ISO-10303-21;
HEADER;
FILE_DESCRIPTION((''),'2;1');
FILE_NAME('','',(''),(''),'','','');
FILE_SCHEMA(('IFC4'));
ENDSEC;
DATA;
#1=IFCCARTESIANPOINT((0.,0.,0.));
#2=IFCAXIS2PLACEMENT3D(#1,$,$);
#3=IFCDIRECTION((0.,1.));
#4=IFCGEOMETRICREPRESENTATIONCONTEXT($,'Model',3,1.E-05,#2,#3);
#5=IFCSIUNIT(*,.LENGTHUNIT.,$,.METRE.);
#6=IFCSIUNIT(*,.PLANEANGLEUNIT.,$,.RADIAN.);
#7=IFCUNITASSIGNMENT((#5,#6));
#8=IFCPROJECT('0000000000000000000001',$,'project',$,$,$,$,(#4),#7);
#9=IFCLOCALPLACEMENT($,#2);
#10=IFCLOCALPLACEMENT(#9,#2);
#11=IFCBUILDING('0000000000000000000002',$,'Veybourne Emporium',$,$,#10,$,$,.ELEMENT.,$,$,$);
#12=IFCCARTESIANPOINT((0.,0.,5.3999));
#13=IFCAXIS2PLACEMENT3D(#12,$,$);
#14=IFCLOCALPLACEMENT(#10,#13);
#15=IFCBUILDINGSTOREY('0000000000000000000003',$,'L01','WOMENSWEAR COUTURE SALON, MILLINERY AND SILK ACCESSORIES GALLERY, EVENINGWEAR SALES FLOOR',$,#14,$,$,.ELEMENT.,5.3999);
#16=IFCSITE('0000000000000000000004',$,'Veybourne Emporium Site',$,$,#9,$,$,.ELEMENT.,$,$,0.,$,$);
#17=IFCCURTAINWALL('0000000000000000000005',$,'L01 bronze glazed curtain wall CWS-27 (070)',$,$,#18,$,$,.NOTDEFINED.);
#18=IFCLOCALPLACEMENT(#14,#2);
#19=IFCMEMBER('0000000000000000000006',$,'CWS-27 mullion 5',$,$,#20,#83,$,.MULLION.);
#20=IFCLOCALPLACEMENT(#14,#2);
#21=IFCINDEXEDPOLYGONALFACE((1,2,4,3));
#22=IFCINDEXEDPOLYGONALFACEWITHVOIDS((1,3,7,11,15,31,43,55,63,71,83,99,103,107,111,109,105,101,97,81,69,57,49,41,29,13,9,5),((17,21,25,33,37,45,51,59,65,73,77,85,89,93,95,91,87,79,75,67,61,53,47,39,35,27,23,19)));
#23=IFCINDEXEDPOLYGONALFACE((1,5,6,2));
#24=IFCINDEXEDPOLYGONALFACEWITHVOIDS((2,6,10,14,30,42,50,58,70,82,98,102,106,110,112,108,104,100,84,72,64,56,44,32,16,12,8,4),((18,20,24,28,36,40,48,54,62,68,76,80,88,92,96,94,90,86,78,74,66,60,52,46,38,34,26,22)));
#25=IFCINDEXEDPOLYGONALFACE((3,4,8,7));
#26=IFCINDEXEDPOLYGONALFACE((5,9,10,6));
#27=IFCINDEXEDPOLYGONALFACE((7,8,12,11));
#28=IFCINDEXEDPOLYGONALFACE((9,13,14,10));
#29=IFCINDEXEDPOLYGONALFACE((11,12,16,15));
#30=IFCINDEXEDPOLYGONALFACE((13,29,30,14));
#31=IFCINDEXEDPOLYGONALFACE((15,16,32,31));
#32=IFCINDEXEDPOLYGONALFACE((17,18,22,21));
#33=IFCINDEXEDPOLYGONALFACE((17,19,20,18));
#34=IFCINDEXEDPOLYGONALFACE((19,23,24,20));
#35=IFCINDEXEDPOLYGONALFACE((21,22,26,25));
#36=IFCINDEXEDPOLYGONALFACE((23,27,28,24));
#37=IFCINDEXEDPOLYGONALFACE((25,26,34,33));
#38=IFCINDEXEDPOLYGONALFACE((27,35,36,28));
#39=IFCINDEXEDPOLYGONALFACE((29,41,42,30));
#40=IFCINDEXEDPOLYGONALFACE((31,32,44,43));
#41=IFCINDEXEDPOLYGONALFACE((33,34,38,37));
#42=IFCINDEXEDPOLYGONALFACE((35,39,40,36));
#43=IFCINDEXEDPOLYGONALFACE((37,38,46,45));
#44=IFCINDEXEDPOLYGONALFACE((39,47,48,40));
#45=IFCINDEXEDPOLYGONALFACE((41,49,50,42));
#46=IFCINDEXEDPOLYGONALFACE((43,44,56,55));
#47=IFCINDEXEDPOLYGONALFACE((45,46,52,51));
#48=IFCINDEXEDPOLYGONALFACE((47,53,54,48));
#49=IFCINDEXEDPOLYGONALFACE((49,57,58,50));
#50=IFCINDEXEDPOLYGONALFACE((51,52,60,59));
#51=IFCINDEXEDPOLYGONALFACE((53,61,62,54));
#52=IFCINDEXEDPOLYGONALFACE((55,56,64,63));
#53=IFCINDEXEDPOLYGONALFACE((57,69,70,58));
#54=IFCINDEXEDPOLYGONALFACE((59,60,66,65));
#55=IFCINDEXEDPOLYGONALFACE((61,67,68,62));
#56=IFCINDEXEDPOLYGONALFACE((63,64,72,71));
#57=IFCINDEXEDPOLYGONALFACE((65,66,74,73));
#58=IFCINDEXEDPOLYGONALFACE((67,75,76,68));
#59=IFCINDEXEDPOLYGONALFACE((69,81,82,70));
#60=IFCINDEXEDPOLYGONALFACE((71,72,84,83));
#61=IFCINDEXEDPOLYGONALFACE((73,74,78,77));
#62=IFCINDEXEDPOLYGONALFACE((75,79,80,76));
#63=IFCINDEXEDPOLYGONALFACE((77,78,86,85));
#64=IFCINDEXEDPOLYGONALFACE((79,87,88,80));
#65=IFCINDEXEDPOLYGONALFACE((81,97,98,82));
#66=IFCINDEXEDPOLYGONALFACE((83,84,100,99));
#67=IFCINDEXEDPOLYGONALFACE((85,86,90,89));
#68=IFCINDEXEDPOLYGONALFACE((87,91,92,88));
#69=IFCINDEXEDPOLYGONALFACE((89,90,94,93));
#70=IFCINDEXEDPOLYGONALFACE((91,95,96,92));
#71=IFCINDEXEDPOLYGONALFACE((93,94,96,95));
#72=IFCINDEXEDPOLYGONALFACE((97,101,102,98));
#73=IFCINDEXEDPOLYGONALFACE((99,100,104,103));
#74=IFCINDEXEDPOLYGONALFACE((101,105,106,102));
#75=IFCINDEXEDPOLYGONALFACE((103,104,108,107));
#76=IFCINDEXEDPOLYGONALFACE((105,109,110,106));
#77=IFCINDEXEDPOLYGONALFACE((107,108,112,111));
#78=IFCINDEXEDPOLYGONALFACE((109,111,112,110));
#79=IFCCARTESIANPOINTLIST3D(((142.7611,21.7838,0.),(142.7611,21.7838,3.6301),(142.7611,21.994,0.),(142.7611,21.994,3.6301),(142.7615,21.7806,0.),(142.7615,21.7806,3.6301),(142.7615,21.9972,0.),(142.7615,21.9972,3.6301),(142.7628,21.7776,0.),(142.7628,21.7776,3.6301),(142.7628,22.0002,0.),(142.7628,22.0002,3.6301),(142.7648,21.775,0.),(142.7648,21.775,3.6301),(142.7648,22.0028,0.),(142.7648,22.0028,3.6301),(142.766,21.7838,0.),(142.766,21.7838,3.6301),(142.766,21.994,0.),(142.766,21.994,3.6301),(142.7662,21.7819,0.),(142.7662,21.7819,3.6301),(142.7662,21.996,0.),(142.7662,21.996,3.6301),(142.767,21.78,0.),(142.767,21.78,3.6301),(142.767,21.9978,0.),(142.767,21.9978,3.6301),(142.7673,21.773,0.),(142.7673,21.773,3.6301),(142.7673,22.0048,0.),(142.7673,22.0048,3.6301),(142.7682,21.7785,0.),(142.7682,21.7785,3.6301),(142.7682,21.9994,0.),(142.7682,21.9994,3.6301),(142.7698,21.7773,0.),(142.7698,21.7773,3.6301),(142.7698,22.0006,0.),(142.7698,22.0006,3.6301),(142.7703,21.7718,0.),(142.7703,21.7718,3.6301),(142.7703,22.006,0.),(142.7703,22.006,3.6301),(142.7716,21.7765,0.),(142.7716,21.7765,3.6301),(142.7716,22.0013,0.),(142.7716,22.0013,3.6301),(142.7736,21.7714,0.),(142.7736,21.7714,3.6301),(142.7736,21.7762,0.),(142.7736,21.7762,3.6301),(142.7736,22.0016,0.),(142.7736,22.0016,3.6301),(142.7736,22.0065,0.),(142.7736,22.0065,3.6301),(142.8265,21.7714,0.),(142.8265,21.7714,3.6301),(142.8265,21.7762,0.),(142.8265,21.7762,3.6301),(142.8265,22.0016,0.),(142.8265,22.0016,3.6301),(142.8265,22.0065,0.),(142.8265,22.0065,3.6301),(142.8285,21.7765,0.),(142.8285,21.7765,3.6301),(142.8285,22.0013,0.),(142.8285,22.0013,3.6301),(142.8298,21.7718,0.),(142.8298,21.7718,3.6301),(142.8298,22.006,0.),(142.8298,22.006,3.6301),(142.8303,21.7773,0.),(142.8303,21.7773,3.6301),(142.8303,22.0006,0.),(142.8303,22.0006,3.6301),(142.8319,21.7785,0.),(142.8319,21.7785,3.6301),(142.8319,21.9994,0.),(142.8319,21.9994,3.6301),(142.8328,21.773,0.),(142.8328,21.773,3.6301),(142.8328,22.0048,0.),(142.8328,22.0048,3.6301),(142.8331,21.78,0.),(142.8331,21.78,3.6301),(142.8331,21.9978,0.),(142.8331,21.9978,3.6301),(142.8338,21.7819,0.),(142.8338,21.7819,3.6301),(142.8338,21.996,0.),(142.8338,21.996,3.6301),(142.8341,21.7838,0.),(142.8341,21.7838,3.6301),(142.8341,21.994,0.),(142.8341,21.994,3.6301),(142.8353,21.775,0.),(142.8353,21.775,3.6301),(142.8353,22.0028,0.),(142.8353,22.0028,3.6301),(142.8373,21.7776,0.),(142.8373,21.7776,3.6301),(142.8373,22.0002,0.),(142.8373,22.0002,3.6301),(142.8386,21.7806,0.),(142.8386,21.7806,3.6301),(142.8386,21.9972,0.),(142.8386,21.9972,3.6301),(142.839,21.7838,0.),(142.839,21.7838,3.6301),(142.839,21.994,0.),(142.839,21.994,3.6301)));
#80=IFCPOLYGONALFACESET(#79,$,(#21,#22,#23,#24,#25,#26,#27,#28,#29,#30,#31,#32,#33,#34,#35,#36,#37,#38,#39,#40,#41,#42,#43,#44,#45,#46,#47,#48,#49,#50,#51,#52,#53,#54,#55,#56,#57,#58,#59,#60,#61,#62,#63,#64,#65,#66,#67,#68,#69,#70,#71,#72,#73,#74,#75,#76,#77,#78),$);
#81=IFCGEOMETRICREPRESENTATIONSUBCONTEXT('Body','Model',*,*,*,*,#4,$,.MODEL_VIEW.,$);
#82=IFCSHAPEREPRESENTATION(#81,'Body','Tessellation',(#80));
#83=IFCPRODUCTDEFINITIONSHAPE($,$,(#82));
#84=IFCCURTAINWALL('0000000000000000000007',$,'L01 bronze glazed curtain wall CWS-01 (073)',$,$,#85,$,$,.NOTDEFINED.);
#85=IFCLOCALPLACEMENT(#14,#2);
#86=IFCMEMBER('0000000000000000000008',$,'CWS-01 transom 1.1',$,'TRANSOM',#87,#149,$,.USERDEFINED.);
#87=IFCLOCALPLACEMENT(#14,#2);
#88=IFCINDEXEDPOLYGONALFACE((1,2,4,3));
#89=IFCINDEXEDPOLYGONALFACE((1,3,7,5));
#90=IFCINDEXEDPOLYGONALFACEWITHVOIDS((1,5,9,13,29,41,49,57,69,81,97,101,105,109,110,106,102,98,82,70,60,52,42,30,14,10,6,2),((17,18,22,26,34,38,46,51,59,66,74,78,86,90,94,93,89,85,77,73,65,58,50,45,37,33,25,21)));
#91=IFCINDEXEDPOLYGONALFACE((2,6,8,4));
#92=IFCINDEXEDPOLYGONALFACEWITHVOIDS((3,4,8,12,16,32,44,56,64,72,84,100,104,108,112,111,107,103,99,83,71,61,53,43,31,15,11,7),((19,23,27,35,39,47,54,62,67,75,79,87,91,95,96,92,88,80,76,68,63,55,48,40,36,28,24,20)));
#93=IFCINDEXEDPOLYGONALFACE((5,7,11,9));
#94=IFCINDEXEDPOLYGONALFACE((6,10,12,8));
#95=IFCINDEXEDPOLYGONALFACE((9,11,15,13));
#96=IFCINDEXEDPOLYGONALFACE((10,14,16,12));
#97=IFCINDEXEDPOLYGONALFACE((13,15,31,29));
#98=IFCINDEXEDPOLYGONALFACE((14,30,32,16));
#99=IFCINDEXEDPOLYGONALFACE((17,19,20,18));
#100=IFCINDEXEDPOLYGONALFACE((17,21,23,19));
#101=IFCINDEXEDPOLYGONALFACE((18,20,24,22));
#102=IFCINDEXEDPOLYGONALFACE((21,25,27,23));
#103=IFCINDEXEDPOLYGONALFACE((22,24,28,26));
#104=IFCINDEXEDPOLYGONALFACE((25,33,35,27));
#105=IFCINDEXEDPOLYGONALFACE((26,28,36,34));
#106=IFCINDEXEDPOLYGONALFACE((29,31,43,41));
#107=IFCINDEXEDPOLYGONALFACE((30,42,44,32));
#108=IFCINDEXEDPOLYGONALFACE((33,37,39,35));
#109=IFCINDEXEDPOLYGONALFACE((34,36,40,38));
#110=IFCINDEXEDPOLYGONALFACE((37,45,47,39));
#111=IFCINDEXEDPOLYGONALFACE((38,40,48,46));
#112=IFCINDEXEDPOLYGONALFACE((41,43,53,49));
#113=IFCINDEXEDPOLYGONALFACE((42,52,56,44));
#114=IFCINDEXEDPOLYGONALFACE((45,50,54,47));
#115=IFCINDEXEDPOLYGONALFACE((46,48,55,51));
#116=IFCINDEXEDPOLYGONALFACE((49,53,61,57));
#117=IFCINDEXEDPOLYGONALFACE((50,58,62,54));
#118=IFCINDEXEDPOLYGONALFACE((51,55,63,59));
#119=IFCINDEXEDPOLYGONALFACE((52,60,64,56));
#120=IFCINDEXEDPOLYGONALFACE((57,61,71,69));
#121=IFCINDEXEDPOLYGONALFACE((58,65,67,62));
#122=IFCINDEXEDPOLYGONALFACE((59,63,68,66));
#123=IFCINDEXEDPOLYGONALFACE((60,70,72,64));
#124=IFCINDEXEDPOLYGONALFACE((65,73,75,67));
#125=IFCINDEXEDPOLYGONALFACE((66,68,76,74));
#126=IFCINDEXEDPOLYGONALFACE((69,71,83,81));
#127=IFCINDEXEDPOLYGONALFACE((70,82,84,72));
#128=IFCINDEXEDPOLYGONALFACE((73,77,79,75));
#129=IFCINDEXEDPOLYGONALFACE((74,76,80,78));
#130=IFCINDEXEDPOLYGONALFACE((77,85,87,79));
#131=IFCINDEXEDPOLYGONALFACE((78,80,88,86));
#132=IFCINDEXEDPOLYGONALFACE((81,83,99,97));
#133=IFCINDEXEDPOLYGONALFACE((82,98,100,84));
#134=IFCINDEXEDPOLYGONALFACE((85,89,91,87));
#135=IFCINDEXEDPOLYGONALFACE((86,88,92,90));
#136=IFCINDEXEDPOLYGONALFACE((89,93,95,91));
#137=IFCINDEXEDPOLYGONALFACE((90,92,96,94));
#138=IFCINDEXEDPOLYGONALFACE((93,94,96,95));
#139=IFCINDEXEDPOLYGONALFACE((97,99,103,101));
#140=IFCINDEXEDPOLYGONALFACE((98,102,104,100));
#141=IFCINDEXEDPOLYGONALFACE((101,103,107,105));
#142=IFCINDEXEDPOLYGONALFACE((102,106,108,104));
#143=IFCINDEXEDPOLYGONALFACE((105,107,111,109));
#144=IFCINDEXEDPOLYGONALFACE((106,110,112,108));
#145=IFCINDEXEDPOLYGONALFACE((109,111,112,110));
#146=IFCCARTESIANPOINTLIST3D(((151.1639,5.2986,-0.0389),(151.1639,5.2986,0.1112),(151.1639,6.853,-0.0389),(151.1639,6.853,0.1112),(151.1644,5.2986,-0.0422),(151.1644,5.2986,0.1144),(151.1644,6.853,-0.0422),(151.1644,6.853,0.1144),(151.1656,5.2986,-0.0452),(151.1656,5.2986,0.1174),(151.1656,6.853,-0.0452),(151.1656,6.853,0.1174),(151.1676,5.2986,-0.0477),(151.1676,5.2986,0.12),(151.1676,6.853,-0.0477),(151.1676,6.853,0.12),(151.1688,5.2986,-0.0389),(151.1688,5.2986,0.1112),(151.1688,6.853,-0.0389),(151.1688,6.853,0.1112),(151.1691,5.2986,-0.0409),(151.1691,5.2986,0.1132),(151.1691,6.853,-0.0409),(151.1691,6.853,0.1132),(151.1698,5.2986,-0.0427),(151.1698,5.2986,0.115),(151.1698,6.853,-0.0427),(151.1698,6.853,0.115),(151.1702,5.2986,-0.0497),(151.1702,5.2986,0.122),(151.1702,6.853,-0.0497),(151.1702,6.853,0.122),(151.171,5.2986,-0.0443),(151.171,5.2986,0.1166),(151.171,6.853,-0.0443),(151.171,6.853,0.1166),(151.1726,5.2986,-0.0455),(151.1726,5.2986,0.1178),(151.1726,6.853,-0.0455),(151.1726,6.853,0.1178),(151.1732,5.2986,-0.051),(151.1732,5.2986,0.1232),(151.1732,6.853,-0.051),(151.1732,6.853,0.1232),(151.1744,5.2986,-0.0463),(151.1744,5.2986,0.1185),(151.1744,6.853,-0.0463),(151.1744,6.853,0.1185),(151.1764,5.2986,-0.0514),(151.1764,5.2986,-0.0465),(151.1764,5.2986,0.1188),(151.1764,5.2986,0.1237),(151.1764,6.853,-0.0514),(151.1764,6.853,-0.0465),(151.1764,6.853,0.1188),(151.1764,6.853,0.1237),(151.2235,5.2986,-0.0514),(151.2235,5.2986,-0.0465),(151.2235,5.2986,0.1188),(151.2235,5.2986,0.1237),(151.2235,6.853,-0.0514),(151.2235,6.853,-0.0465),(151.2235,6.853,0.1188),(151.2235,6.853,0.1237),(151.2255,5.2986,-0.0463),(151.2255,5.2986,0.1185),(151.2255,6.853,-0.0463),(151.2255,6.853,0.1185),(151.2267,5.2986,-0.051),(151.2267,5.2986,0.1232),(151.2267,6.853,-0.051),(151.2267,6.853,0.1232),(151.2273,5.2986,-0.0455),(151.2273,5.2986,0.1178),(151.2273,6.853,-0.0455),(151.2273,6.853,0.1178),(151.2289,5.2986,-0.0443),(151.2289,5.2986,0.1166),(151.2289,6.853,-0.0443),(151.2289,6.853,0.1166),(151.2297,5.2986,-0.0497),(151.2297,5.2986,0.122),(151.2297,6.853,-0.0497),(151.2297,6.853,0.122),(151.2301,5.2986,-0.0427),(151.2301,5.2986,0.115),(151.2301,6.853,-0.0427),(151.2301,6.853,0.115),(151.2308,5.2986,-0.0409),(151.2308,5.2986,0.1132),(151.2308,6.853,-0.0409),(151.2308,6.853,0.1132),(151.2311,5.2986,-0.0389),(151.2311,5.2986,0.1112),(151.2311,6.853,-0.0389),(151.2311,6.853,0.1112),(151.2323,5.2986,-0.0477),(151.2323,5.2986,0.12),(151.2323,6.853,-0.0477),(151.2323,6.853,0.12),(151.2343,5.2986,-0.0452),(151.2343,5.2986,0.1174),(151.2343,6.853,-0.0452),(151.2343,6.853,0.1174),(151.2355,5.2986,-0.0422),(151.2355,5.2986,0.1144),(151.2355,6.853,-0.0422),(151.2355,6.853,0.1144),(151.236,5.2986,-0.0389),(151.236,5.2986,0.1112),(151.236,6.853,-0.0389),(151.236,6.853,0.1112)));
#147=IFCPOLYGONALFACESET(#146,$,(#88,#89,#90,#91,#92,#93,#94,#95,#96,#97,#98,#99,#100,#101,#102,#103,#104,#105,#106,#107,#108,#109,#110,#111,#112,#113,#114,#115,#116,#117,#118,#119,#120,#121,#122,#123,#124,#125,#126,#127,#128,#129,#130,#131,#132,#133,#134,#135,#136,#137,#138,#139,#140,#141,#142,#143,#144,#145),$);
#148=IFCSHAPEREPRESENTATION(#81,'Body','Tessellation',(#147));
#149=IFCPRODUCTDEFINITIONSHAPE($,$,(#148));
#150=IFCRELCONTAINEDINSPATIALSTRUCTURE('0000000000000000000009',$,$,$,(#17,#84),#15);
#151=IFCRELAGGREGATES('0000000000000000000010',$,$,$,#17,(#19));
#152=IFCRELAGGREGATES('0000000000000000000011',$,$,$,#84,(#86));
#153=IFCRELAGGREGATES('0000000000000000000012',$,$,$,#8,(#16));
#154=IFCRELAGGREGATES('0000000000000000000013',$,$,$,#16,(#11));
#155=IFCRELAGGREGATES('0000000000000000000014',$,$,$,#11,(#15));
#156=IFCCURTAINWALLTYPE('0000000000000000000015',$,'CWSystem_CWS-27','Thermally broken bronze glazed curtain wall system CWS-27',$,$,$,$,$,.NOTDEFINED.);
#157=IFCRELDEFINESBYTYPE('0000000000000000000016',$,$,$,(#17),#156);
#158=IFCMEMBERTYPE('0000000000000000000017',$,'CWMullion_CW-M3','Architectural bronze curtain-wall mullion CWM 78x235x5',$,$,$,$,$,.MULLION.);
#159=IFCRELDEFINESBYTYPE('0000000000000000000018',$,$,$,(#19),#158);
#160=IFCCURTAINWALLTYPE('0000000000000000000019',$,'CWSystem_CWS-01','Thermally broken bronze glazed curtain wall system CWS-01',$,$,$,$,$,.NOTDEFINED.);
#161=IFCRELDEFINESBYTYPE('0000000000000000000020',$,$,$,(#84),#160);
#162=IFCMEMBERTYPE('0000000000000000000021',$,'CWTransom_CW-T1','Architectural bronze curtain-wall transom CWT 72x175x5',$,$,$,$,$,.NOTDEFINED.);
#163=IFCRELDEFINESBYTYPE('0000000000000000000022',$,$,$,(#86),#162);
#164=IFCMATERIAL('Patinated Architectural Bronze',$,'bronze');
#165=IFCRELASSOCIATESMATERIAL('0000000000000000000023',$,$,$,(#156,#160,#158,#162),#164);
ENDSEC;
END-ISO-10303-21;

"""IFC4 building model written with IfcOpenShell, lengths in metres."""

from ifc_helpers import new_model, si_unit, direction, frame, origin, origin_2d, place, context, subcontext, project, spatial, hollow_rectangle, extrude, material, material_profile, profile_set, type_object, element, aggregate, save


model = new_model("IFC4")

# Units and contexts
model_context = context("Model", 3, precision=1e-05, world=origin(), true_north=direction((0.0, 1.0)))
body_context = subcontext(model_context, "Body", "Model", "MODEL_VIEW")
ifc_project = project(units=[si_unit("LENGTHUNIT", "METRE"), si_unit("PLANEANGLEUNIT", "RADIAN")], contexts=[model_context])

# Site, building, storey
site_placement = place(None, origin())
site = spatial("IfcSite", under=ifc_project, at=site_placement, Name="Veybourne Emporium Site", CompositionType="ELEMENT", RefElevation=0.0)
building_placement = place(site_placement, origin())
building = spatial("IfcBuilding", under=site, at=building_placement, Name="Veybourne Emporium", CompositionType="ELEMENT")
storey_placement = place(building_placement, frame((0.0, 0.0, 5.3999)))
storey = spatial("IfcBuildingStorey", under=building, at=storey_placement, Name="L01", Description="WOMENSWEAR COUTURE SALON, MILLINERY AND SILK ACCESSORIES GALLERY, EVENINGWEAR SALES FLOOR", CompositionType="ELEMENT", Elevation=5.3999)

# Curtain wall, member
ifc_material_1 = material(Name="Patinated Architectural Bronze", Category="bronze")
curtain_wall_type_1 = type_object("IfcCurtainWallType", Name="CWSystem_CWS-27", Description="Thermally broken bronze glazed curtain wall system CWS-27", PredefinedType="NOTDEFINED", material=ifc_material_1)
curtain_wall_1_placement = place(storey_placement, origin())
curtain_wall_1 = element("IfcCurtainWall", 1, at=curtain_wall_1_placement, inside=storey, type_object=curtain_wall_type_1, Name="L01 bronze glazed curtain wall CWS-27 (070)", PredefinedType="NOTDEFINED")
ifc_material_profile_1 = material_profile(ifc_material_1, hollow_rectangle(XDim=0.0779, YDim=0.2351, WallThickness=0.0049, InnerFilletRadius=0.0076, OuterFilletRadius=0.0125, at=origin_2d()), Name="CWM 78x235x5")
ifc_profile_set_1 = profile_set([ifc_material_profile_1], Name="Patinated Architectural Bronze")
member_type_1 = type_object("IfcMemberType", Name="CWMullion_CW-M3", Description="Architectural bronze curtain-wall mullion CWM 78x235x5", PredefinedType="MULLION", material=ifc_profile_set_1)
member_1_placement = place(storey_placement, frame((142.8, 21.8889, 0.0), z_axis=(0.0, 0.0, 1.0), x_axis=(1.0, 0.0, 0.0)))
member_1 = element("IfcMember", 2, at=member_1_placement, type_object=member_type_1, Name="CWS-27 mullion 5", PredefinedType="MULLION", context=body_context, shape_type="SweptSolid", body=[
    extrude(hollow_rectangle(XDim=0.0779, YDim=0.2351, WallThickness=0.0049, InnerFilletRadius=0.0076, OuterFilletRadius=0.0125, at=origin_2d()), origin(), (0.0, 0.0, 1.0), 3.6301),
])
aggregate(curtain_wall_1, [member_1])

# Curtain wall, member
curtain_wall_type_2 = type_object("IfcCurtainWallType", Name="CWSystem_CWS-01", Description="Thermally broken bronze glazed curtain wall system CWS-01", PredefinedType="NOTDEFINED", material=ifc_material_1)
curtain_wall_2_placement = place(storey_placement, origin())
curtain_wall_2 = element("IfcCurtainWall", 3, at=curtain_wall_2_placement, inside=storey, type_object=curtain_wall_type_2, Name="L01 bronze glazed curtain wall CWS-01 (073)", PredefinedType="NOTDEFINED")
ifc_material_profile_2 = material_profile(ifc_material_1, hollow_rectangle(XDim=0.072, YDim=0.175, WallThickness=0.0049, InnerFilletRadius=0.0076, OuterFilletRadius=0.0125, at=origin_2d()), Name="CWT 72x175x5")
ifc_profile_set_2 = profile_set([ifc_material_profile_2], Name="Patinated Architectural Bronze")
member_type_2 = type_object("IfcMemberType", Name="CWTransom_CW-T1", Description="Architectural bronze curtain-wall transom CWT 72x175x5", PredefinedType="NOTDEFINED", material=ifc_profile_set_2)
member_2_placement = place(storey_placement, frame((151.2, 6.853, 0.0361), z_axis=(0.0, -1.0, 0.0), x_axis=(1.0, 0.0, 0.0)))
member_2 = element("IfcMember", 4, at=member_2_placement, type_object=member_type_2, Name="CWS-01 transom 1.1", ObjectType="TRANSOM", PredefinedType="USERDEFINED", context=body_context, shape_type="SweptSolid", body=[
    extrude(hollow_rectangle(XDim=0.072, YDim=0.175, WallThickness=0.0049, InnerFilletRadius=0.0076, OuterFilletRadius=0.0125, at=origin_2d()), origin(), (0.0, 0.0, 1.0), 1.5544),
])

aggregate(curtain_wall_2, [member_2])

save(model, "model.ifc")
